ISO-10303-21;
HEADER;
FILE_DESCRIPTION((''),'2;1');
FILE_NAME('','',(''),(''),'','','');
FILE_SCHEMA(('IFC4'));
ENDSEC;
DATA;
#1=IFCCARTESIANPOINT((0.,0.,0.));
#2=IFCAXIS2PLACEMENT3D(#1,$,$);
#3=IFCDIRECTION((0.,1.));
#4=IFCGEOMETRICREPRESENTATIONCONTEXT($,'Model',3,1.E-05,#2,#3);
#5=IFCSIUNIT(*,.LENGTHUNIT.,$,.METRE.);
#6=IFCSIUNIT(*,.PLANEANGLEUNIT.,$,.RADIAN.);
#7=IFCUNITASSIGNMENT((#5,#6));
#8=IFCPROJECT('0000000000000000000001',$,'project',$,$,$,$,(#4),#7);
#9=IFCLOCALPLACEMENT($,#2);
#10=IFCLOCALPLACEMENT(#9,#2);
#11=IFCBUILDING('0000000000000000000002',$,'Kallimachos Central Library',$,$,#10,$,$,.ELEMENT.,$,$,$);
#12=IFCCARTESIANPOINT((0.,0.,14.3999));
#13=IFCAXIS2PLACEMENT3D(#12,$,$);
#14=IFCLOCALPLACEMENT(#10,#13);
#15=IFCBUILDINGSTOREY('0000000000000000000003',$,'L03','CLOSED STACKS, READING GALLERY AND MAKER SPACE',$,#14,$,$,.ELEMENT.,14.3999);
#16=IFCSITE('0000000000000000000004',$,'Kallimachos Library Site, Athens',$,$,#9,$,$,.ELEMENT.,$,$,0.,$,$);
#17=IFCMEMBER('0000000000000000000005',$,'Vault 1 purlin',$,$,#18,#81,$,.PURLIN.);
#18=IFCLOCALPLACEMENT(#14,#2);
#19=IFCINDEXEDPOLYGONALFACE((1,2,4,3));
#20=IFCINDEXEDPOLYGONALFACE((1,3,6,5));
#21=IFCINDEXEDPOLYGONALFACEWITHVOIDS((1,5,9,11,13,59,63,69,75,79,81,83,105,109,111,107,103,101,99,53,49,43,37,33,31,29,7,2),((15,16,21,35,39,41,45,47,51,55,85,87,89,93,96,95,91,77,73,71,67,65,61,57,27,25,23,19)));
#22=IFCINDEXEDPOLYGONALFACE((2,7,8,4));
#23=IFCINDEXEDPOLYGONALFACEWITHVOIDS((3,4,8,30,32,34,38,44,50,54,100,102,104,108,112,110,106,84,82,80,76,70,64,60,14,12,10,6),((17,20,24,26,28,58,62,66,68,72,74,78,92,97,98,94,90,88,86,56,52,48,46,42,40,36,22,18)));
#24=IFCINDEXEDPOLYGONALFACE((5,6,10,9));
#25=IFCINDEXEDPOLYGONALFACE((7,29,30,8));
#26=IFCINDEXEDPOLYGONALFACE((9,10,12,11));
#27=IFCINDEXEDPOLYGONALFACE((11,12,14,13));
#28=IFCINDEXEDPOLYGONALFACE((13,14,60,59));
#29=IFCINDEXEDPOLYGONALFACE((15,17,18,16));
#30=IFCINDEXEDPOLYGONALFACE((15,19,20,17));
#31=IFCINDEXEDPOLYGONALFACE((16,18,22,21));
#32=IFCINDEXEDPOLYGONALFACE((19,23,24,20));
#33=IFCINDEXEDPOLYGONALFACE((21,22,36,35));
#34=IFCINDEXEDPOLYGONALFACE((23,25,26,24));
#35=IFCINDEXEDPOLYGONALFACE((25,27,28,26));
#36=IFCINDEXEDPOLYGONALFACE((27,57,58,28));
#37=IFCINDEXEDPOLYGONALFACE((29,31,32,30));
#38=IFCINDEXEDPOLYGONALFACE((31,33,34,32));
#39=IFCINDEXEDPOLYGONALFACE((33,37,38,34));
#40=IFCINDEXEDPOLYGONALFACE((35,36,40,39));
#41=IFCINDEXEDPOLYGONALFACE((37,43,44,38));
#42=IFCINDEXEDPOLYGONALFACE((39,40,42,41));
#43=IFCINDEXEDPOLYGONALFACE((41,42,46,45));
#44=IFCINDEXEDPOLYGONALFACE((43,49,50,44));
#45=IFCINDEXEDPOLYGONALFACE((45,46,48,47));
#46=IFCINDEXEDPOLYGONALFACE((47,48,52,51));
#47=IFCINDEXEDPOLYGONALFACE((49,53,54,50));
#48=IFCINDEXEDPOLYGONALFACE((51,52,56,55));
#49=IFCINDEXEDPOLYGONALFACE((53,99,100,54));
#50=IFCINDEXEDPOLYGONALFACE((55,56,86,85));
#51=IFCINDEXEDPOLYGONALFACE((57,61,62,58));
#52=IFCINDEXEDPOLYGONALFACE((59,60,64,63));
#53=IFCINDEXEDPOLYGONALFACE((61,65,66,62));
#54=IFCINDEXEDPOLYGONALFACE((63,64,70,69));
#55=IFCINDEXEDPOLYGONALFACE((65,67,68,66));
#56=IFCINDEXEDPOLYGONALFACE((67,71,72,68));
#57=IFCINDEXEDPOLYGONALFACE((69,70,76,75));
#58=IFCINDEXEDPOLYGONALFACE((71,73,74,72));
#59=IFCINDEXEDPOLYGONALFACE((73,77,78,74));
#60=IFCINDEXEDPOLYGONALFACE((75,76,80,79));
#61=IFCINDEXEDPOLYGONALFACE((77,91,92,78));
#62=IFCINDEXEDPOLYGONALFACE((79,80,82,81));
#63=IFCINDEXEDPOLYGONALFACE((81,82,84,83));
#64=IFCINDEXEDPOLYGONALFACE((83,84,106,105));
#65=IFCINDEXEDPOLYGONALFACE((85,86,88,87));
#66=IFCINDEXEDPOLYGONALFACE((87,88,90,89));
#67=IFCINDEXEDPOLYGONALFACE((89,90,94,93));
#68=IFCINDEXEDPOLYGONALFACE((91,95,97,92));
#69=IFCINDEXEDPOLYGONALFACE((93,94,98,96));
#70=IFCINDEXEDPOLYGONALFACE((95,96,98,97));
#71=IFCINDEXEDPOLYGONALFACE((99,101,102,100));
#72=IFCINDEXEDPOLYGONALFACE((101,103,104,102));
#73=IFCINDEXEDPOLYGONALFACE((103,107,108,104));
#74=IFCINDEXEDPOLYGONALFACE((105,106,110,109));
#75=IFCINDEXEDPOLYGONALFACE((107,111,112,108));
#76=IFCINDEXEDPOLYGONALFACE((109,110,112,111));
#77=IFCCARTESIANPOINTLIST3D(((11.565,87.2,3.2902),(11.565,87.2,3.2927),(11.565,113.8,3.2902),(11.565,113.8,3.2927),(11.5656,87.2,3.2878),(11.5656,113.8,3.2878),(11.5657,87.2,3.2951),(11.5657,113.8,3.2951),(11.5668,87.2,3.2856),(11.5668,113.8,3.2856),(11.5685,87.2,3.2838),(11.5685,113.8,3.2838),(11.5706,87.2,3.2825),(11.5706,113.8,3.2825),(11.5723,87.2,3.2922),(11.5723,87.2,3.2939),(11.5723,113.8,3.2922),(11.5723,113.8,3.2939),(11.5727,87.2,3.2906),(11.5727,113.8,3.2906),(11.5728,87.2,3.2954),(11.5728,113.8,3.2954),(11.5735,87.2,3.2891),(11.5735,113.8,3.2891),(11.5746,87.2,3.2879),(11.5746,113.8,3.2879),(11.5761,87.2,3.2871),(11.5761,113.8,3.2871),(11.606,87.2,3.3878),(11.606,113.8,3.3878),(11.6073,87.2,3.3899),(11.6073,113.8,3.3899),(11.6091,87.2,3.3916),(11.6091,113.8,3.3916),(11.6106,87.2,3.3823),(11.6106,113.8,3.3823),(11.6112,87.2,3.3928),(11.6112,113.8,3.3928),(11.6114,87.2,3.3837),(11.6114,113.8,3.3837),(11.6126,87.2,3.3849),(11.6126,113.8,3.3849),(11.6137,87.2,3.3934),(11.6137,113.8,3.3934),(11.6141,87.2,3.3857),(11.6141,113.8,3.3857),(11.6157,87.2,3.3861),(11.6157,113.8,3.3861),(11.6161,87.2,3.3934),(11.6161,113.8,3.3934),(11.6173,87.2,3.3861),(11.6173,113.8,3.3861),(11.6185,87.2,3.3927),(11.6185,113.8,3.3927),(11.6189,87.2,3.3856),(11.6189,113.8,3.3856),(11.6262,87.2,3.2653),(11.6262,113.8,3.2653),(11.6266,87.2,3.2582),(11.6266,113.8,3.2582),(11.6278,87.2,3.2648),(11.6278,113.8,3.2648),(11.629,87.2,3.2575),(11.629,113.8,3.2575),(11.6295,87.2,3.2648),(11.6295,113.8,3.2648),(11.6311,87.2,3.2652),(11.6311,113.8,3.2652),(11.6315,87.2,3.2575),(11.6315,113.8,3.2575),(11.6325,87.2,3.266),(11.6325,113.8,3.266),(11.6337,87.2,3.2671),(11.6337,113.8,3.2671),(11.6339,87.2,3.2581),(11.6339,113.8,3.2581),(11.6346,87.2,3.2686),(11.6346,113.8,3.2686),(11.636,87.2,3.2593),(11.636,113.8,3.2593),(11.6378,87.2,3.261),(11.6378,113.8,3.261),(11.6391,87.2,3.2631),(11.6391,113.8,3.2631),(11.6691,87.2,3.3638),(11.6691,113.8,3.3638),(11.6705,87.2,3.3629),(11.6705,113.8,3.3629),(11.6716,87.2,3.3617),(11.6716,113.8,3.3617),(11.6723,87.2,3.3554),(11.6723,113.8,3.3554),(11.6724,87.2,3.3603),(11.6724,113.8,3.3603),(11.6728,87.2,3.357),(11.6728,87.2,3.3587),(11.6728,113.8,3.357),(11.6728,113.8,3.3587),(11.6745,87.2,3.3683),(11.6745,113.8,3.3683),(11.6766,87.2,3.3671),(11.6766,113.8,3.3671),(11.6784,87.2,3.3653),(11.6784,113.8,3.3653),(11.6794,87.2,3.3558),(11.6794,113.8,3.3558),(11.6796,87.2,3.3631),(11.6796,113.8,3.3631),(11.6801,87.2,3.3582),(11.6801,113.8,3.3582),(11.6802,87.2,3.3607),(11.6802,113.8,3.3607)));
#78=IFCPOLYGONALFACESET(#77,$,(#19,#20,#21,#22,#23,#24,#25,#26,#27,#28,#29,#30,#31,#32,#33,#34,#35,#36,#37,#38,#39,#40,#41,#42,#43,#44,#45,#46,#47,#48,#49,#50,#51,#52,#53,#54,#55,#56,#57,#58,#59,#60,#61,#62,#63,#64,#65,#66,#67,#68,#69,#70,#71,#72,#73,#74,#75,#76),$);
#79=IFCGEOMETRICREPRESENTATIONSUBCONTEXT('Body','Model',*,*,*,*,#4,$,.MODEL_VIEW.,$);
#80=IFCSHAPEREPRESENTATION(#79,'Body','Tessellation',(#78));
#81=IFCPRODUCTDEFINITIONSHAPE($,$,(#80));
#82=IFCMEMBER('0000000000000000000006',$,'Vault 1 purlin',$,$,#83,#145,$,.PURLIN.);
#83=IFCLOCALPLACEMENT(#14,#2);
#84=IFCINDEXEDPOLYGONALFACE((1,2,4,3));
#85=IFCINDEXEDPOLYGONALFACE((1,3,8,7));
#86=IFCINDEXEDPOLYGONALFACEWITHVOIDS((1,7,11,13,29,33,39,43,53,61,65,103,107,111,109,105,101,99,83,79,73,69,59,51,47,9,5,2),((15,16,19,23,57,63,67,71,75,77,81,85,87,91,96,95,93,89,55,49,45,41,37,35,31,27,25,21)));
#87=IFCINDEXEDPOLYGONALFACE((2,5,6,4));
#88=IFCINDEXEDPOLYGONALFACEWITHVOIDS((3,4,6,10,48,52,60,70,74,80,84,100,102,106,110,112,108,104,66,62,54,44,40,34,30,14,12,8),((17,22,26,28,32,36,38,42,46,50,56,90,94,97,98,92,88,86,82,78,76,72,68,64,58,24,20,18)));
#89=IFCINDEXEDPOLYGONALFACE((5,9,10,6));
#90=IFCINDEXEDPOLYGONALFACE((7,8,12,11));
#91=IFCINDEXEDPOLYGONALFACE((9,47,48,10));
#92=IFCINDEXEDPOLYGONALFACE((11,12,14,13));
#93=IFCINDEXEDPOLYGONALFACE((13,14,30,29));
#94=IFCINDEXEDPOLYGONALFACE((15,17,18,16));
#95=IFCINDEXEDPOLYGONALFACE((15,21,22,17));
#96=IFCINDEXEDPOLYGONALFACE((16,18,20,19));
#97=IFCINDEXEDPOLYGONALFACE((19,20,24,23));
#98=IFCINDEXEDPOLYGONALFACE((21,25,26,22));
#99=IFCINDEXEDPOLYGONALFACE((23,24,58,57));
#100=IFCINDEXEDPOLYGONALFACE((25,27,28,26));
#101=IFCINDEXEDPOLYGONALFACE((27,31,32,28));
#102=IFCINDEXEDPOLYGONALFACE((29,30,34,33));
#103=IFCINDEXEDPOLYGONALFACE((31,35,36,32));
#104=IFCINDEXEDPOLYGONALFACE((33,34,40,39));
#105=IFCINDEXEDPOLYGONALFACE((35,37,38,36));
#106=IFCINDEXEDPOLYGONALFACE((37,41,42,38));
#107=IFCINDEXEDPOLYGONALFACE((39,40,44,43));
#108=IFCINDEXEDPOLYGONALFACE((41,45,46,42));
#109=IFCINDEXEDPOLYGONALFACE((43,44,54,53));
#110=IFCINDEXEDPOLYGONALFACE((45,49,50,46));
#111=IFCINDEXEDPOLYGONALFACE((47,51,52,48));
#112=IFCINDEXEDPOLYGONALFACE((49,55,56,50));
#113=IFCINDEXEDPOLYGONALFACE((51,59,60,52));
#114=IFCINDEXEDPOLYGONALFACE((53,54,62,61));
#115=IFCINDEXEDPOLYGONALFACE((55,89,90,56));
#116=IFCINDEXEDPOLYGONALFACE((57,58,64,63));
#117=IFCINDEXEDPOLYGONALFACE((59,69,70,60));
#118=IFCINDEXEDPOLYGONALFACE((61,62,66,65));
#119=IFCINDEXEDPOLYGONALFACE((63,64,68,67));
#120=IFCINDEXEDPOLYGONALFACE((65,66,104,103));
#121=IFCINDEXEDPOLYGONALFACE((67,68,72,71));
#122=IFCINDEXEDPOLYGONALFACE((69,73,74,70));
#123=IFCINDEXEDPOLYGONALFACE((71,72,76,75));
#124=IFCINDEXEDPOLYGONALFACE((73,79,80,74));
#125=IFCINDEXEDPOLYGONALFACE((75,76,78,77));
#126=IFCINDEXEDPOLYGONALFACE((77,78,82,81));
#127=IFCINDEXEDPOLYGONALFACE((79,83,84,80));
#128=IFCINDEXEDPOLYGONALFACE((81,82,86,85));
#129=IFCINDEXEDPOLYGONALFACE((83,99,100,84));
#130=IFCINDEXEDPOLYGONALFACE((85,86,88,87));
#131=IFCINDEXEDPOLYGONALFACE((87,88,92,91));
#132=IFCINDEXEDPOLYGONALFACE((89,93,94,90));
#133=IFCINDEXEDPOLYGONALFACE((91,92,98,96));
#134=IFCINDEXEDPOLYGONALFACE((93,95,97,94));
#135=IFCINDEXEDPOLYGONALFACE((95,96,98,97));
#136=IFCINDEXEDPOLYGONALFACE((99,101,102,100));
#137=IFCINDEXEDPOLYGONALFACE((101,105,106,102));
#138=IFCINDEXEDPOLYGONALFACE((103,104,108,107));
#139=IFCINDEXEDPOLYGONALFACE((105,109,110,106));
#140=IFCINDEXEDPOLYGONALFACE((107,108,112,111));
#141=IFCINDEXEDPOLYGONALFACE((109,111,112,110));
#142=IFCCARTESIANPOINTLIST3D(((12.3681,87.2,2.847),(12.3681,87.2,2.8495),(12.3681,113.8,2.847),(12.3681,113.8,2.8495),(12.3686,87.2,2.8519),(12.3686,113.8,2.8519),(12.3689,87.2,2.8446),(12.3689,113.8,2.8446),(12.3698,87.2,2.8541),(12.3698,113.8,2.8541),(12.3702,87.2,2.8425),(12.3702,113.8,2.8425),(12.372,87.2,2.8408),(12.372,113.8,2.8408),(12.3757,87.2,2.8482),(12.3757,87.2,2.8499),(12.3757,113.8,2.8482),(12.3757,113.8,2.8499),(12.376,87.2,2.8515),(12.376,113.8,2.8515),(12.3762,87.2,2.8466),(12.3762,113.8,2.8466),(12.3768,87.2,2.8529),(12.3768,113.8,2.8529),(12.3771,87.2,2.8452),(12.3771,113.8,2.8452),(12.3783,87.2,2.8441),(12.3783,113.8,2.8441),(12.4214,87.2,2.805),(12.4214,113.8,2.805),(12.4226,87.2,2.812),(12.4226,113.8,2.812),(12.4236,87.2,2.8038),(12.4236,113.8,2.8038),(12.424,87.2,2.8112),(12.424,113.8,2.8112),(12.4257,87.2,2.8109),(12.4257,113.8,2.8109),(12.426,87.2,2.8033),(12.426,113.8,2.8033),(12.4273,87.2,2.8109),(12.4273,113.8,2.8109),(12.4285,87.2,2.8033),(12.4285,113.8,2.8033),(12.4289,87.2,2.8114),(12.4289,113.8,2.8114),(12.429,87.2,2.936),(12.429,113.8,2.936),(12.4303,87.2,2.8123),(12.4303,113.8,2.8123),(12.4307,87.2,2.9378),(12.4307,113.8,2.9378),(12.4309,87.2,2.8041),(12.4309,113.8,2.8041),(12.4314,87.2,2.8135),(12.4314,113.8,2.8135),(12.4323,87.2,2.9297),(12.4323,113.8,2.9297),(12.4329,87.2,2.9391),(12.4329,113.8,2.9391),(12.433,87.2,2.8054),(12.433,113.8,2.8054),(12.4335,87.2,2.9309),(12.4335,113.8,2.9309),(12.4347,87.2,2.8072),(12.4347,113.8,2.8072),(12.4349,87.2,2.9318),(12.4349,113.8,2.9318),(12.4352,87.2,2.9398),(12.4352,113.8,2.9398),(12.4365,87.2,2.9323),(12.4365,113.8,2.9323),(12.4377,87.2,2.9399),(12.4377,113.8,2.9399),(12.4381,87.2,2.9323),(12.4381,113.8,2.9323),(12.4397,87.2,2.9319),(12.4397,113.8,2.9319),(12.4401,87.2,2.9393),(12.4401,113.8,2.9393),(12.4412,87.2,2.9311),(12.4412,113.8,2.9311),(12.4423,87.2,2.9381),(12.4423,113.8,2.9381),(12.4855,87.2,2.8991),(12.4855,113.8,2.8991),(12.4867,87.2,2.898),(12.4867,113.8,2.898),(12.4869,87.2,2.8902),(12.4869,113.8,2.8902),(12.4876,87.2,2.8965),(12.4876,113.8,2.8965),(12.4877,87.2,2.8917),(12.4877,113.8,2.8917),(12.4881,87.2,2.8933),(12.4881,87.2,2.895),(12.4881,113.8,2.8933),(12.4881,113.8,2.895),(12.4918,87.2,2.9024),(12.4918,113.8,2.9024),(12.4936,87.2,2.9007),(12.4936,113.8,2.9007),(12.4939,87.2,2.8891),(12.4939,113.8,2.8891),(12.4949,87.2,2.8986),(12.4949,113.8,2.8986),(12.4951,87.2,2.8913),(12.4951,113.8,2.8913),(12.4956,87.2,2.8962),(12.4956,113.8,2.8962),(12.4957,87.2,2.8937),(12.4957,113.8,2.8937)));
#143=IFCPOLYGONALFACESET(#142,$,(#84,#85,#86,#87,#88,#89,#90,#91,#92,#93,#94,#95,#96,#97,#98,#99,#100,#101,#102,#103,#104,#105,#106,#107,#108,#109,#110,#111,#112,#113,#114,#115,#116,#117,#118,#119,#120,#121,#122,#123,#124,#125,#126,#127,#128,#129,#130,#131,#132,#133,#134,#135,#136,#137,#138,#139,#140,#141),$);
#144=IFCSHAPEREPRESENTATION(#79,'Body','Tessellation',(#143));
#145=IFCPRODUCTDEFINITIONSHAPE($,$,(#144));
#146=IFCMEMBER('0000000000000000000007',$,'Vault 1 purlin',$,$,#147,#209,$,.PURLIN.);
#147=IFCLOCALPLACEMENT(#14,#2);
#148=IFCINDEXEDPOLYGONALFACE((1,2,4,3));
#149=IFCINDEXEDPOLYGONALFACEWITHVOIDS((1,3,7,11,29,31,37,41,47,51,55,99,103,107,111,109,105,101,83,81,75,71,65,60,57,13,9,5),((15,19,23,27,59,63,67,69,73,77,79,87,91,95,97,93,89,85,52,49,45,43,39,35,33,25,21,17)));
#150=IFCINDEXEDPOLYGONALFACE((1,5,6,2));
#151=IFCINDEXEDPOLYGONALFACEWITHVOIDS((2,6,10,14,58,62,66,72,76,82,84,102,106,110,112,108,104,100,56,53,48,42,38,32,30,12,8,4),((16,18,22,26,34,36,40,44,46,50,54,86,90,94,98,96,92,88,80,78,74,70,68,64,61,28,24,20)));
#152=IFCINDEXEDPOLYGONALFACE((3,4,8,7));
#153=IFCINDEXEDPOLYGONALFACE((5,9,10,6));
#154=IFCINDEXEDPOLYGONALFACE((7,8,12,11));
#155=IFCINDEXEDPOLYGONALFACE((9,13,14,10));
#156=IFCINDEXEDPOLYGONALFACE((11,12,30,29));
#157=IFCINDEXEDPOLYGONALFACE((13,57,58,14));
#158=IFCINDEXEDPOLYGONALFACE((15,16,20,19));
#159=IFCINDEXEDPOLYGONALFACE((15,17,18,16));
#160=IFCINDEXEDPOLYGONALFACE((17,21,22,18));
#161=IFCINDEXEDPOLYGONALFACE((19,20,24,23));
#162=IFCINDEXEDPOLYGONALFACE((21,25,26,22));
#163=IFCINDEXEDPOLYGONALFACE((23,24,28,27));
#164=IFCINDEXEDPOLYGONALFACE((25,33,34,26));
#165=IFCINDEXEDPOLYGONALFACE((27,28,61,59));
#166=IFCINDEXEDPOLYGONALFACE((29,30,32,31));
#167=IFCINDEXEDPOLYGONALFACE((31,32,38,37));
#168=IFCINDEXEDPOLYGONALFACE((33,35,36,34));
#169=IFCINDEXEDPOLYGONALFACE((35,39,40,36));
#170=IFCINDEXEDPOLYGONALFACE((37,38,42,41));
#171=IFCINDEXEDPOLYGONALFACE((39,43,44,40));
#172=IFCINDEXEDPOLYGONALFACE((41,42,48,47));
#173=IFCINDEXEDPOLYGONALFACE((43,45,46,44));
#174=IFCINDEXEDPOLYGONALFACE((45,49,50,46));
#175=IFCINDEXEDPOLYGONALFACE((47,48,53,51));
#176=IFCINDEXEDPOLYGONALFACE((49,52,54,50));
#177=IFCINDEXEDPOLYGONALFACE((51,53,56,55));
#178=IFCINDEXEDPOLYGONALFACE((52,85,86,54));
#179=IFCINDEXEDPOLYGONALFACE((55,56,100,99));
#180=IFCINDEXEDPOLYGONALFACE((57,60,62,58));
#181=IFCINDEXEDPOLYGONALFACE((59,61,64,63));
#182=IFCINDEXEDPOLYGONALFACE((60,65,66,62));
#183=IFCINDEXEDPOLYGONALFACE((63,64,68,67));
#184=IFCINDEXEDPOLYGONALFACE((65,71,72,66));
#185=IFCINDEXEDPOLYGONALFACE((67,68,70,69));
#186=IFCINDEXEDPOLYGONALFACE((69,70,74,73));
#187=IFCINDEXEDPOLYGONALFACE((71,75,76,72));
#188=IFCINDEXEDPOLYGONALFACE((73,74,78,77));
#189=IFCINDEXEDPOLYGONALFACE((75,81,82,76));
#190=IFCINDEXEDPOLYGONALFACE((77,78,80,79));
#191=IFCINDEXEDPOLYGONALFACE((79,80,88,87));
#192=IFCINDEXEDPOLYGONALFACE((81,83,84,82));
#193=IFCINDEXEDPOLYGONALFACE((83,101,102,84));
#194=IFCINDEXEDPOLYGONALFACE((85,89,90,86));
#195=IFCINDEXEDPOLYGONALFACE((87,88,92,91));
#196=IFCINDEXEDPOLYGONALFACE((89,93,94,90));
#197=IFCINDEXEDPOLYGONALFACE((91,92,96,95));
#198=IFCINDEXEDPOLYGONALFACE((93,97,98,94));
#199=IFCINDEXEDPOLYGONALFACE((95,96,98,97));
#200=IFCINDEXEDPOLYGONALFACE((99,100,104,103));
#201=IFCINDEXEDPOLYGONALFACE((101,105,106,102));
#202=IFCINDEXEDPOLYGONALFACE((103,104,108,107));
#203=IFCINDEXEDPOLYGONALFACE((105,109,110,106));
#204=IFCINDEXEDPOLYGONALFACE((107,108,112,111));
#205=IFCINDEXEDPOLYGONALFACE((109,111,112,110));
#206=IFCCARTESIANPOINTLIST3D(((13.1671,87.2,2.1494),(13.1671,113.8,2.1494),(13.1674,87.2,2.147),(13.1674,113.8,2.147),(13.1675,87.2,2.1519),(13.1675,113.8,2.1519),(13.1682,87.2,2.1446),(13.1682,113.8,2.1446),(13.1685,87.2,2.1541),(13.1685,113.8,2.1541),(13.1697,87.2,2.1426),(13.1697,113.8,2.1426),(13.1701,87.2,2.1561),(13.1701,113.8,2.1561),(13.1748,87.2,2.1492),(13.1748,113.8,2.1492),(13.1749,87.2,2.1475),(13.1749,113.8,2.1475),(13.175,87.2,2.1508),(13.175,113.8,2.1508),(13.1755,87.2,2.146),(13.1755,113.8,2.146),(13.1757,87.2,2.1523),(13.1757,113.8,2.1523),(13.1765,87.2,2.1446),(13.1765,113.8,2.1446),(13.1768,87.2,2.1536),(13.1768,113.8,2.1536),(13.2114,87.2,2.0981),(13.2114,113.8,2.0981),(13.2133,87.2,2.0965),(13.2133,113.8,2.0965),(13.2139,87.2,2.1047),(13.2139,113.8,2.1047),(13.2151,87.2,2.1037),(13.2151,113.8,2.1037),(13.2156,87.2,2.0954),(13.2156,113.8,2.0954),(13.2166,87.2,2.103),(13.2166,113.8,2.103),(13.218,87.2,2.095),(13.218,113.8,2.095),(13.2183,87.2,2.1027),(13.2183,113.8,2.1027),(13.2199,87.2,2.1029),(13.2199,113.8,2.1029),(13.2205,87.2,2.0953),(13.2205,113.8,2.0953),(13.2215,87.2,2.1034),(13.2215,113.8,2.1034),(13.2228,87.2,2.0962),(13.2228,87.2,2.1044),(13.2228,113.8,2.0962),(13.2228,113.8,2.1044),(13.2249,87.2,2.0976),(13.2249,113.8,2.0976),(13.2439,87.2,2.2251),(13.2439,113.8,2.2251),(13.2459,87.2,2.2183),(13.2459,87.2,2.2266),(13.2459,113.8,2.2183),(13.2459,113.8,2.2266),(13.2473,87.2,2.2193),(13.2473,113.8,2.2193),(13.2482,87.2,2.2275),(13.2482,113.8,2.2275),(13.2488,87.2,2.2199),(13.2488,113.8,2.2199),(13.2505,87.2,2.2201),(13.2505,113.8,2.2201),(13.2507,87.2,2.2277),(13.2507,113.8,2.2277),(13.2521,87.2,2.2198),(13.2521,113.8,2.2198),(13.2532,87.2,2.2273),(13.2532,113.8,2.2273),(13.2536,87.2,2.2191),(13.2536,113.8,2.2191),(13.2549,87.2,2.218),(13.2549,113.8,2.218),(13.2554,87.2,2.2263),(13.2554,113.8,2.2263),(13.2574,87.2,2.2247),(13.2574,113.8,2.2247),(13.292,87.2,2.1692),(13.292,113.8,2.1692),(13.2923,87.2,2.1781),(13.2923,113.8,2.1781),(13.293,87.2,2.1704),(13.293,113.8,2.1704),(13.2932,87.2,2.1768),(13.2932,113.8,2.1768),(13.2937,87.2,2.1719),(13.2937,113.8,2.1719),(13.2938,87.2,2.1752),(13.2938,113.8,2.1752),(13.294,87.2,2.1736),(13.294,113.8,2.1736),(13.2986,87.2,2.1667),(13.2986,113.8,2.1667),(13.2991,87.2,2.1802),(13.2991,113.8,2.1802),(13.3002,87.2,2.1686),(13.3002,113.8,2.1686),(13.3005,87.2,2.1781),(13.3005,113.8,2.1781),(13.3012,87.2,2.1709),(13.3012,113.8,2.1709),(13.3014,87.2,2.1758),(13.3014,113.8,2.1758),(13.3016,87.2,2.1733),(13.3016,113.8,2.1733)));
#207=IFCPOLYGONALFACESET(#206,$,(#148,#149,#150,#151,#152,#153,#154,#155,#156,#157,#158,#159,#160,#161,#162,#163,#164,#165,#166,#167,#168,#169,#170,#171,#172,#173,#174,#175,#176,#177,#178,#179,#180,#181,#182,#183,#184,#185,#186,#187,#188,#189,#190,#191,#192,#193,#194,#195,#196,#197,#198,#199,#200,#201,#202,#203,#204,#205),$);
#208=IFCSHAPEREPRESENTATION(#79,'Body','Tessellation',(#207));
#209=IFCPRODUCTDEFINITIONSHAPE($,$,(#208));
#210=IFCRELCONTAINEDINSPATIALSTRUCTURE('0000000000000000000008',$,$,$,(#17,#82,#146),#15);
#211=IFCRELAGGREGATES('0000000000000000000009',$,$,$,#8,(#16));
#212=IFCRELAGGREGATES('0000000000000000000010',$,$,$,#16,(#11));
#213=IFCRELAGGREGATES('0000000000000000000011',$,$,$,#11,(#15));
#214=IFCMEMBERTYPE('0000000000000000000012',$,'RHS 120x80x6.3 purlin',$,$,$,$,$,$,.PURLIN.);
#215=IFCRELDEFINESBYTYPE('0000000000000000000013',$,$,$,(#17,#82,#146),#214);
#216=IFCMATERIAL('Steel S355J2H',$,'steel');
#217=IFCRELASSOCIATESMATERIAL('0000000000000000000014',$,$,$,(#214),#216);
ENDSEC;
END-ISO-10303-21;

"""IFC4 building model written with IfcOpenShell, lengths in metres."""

from ifc_helpers import new_model, si_unit, direction, frame, origin, origin_2d, place, context, subcontext, project, spatial, hollow_rectangle, extrude, material, material_profile, profile_set, type_object, element, save


model = new_model("IFC4")

# Units and contexts
model_context = context("Model", 3, precision=1e-05, world=origin(), true_north=direction((0.0, 1.0)))
body_context = subcontext(model_context, "Body", "Model", "MODEL_VIEW")
ifc_project = project(units=[si_unit("LENGTHUNIT", "METRE"), si_unit("PLANEANGLEUNIT", "RADIAN")], contexts=[model_context])

# Site, building, storey
site_placement = place(None, origin())
site = spatial("IfcSite", under=ifc_project, at=site_placement, Name="Kallimachos Library Site, Athens", CompositionType="ELEMENT", RefElevation=0.0)
building_placement = place(site_placement, origin())
building = spatial("IfcBuilding", under=site, at=building_placement, Name="Kallimachos Central Library", CompositionType="ELEMENT")
storey_placement = place(building_placement, frame((0.0, 0.0, 14.3999)))
storey = spatial("IfcBuildingStorey", under=building, at=storey_placement, Name="L03", Description="CLOSED STACKS, READING GALLERY AND MAKER SPACE", CompositionType="ELEMENT", Elevation=14.3999)

# Members
ifc_material_1 = material(Name="Steel S355J2H", Category="steel")
ifc_material_profile = material_profile(ifc_material_1, hollow_rectangle(XDim=0.0801, YDim=0.1201, WallThickness=0.0063, InnerFilletRadius=0.0063, OuterFilletRadius=0.0095, at=origin_2d()), Name="RHS 120x80x6.3")
ifc_profile_set = profile_set([ifc_material_profile], Name="Steel S355J2H")
member_type = type_object("IfcMemberType", Name="RHS 120x80x6.3 purlin", PredefinedType="PURLIN", material=ifc_profile_set)
for number, where, z_axis, x_axis, name in (
    (1, (11.6226, 87.2, 3.3254), (0.0, 1.0, 0.0), (-0.917005, 0.0, 0.398876), "Vault 1 purlin"),
    (2, (12.4319, 87.2, 2.8716), (0.0, 1.0, 0.0), (-0.810449, 0.0, 0.585809), "Vault 1 purlin"),
    (3, (13.2344, 87.2, 2.1614), (0.0, 1.0, 0.0), (-0.683497, 0.0, 0.729953), "Vault 1 purlin"),
):
    element("IfcMember", number, at=place(storey_placement, frame(where, z_axis=z_axis, x_axis=x_axis)), inside=storey, type_object=member_type, Name=name, PredefinedType="PURLIN", context=body_context, shape_type="SweptSolid", body=[
        extrude(hollow_rectangle(XDim=0.0801, YDim=0.1201, WallThickness=0.0063, InnerFilletRadius=0.0063, OuterFilletRadius=0.0095, at=origin_2d()), origin(), (0.0, 0.0, 1.0), 26.6001),
    ])

save(model, "model.ifc")
